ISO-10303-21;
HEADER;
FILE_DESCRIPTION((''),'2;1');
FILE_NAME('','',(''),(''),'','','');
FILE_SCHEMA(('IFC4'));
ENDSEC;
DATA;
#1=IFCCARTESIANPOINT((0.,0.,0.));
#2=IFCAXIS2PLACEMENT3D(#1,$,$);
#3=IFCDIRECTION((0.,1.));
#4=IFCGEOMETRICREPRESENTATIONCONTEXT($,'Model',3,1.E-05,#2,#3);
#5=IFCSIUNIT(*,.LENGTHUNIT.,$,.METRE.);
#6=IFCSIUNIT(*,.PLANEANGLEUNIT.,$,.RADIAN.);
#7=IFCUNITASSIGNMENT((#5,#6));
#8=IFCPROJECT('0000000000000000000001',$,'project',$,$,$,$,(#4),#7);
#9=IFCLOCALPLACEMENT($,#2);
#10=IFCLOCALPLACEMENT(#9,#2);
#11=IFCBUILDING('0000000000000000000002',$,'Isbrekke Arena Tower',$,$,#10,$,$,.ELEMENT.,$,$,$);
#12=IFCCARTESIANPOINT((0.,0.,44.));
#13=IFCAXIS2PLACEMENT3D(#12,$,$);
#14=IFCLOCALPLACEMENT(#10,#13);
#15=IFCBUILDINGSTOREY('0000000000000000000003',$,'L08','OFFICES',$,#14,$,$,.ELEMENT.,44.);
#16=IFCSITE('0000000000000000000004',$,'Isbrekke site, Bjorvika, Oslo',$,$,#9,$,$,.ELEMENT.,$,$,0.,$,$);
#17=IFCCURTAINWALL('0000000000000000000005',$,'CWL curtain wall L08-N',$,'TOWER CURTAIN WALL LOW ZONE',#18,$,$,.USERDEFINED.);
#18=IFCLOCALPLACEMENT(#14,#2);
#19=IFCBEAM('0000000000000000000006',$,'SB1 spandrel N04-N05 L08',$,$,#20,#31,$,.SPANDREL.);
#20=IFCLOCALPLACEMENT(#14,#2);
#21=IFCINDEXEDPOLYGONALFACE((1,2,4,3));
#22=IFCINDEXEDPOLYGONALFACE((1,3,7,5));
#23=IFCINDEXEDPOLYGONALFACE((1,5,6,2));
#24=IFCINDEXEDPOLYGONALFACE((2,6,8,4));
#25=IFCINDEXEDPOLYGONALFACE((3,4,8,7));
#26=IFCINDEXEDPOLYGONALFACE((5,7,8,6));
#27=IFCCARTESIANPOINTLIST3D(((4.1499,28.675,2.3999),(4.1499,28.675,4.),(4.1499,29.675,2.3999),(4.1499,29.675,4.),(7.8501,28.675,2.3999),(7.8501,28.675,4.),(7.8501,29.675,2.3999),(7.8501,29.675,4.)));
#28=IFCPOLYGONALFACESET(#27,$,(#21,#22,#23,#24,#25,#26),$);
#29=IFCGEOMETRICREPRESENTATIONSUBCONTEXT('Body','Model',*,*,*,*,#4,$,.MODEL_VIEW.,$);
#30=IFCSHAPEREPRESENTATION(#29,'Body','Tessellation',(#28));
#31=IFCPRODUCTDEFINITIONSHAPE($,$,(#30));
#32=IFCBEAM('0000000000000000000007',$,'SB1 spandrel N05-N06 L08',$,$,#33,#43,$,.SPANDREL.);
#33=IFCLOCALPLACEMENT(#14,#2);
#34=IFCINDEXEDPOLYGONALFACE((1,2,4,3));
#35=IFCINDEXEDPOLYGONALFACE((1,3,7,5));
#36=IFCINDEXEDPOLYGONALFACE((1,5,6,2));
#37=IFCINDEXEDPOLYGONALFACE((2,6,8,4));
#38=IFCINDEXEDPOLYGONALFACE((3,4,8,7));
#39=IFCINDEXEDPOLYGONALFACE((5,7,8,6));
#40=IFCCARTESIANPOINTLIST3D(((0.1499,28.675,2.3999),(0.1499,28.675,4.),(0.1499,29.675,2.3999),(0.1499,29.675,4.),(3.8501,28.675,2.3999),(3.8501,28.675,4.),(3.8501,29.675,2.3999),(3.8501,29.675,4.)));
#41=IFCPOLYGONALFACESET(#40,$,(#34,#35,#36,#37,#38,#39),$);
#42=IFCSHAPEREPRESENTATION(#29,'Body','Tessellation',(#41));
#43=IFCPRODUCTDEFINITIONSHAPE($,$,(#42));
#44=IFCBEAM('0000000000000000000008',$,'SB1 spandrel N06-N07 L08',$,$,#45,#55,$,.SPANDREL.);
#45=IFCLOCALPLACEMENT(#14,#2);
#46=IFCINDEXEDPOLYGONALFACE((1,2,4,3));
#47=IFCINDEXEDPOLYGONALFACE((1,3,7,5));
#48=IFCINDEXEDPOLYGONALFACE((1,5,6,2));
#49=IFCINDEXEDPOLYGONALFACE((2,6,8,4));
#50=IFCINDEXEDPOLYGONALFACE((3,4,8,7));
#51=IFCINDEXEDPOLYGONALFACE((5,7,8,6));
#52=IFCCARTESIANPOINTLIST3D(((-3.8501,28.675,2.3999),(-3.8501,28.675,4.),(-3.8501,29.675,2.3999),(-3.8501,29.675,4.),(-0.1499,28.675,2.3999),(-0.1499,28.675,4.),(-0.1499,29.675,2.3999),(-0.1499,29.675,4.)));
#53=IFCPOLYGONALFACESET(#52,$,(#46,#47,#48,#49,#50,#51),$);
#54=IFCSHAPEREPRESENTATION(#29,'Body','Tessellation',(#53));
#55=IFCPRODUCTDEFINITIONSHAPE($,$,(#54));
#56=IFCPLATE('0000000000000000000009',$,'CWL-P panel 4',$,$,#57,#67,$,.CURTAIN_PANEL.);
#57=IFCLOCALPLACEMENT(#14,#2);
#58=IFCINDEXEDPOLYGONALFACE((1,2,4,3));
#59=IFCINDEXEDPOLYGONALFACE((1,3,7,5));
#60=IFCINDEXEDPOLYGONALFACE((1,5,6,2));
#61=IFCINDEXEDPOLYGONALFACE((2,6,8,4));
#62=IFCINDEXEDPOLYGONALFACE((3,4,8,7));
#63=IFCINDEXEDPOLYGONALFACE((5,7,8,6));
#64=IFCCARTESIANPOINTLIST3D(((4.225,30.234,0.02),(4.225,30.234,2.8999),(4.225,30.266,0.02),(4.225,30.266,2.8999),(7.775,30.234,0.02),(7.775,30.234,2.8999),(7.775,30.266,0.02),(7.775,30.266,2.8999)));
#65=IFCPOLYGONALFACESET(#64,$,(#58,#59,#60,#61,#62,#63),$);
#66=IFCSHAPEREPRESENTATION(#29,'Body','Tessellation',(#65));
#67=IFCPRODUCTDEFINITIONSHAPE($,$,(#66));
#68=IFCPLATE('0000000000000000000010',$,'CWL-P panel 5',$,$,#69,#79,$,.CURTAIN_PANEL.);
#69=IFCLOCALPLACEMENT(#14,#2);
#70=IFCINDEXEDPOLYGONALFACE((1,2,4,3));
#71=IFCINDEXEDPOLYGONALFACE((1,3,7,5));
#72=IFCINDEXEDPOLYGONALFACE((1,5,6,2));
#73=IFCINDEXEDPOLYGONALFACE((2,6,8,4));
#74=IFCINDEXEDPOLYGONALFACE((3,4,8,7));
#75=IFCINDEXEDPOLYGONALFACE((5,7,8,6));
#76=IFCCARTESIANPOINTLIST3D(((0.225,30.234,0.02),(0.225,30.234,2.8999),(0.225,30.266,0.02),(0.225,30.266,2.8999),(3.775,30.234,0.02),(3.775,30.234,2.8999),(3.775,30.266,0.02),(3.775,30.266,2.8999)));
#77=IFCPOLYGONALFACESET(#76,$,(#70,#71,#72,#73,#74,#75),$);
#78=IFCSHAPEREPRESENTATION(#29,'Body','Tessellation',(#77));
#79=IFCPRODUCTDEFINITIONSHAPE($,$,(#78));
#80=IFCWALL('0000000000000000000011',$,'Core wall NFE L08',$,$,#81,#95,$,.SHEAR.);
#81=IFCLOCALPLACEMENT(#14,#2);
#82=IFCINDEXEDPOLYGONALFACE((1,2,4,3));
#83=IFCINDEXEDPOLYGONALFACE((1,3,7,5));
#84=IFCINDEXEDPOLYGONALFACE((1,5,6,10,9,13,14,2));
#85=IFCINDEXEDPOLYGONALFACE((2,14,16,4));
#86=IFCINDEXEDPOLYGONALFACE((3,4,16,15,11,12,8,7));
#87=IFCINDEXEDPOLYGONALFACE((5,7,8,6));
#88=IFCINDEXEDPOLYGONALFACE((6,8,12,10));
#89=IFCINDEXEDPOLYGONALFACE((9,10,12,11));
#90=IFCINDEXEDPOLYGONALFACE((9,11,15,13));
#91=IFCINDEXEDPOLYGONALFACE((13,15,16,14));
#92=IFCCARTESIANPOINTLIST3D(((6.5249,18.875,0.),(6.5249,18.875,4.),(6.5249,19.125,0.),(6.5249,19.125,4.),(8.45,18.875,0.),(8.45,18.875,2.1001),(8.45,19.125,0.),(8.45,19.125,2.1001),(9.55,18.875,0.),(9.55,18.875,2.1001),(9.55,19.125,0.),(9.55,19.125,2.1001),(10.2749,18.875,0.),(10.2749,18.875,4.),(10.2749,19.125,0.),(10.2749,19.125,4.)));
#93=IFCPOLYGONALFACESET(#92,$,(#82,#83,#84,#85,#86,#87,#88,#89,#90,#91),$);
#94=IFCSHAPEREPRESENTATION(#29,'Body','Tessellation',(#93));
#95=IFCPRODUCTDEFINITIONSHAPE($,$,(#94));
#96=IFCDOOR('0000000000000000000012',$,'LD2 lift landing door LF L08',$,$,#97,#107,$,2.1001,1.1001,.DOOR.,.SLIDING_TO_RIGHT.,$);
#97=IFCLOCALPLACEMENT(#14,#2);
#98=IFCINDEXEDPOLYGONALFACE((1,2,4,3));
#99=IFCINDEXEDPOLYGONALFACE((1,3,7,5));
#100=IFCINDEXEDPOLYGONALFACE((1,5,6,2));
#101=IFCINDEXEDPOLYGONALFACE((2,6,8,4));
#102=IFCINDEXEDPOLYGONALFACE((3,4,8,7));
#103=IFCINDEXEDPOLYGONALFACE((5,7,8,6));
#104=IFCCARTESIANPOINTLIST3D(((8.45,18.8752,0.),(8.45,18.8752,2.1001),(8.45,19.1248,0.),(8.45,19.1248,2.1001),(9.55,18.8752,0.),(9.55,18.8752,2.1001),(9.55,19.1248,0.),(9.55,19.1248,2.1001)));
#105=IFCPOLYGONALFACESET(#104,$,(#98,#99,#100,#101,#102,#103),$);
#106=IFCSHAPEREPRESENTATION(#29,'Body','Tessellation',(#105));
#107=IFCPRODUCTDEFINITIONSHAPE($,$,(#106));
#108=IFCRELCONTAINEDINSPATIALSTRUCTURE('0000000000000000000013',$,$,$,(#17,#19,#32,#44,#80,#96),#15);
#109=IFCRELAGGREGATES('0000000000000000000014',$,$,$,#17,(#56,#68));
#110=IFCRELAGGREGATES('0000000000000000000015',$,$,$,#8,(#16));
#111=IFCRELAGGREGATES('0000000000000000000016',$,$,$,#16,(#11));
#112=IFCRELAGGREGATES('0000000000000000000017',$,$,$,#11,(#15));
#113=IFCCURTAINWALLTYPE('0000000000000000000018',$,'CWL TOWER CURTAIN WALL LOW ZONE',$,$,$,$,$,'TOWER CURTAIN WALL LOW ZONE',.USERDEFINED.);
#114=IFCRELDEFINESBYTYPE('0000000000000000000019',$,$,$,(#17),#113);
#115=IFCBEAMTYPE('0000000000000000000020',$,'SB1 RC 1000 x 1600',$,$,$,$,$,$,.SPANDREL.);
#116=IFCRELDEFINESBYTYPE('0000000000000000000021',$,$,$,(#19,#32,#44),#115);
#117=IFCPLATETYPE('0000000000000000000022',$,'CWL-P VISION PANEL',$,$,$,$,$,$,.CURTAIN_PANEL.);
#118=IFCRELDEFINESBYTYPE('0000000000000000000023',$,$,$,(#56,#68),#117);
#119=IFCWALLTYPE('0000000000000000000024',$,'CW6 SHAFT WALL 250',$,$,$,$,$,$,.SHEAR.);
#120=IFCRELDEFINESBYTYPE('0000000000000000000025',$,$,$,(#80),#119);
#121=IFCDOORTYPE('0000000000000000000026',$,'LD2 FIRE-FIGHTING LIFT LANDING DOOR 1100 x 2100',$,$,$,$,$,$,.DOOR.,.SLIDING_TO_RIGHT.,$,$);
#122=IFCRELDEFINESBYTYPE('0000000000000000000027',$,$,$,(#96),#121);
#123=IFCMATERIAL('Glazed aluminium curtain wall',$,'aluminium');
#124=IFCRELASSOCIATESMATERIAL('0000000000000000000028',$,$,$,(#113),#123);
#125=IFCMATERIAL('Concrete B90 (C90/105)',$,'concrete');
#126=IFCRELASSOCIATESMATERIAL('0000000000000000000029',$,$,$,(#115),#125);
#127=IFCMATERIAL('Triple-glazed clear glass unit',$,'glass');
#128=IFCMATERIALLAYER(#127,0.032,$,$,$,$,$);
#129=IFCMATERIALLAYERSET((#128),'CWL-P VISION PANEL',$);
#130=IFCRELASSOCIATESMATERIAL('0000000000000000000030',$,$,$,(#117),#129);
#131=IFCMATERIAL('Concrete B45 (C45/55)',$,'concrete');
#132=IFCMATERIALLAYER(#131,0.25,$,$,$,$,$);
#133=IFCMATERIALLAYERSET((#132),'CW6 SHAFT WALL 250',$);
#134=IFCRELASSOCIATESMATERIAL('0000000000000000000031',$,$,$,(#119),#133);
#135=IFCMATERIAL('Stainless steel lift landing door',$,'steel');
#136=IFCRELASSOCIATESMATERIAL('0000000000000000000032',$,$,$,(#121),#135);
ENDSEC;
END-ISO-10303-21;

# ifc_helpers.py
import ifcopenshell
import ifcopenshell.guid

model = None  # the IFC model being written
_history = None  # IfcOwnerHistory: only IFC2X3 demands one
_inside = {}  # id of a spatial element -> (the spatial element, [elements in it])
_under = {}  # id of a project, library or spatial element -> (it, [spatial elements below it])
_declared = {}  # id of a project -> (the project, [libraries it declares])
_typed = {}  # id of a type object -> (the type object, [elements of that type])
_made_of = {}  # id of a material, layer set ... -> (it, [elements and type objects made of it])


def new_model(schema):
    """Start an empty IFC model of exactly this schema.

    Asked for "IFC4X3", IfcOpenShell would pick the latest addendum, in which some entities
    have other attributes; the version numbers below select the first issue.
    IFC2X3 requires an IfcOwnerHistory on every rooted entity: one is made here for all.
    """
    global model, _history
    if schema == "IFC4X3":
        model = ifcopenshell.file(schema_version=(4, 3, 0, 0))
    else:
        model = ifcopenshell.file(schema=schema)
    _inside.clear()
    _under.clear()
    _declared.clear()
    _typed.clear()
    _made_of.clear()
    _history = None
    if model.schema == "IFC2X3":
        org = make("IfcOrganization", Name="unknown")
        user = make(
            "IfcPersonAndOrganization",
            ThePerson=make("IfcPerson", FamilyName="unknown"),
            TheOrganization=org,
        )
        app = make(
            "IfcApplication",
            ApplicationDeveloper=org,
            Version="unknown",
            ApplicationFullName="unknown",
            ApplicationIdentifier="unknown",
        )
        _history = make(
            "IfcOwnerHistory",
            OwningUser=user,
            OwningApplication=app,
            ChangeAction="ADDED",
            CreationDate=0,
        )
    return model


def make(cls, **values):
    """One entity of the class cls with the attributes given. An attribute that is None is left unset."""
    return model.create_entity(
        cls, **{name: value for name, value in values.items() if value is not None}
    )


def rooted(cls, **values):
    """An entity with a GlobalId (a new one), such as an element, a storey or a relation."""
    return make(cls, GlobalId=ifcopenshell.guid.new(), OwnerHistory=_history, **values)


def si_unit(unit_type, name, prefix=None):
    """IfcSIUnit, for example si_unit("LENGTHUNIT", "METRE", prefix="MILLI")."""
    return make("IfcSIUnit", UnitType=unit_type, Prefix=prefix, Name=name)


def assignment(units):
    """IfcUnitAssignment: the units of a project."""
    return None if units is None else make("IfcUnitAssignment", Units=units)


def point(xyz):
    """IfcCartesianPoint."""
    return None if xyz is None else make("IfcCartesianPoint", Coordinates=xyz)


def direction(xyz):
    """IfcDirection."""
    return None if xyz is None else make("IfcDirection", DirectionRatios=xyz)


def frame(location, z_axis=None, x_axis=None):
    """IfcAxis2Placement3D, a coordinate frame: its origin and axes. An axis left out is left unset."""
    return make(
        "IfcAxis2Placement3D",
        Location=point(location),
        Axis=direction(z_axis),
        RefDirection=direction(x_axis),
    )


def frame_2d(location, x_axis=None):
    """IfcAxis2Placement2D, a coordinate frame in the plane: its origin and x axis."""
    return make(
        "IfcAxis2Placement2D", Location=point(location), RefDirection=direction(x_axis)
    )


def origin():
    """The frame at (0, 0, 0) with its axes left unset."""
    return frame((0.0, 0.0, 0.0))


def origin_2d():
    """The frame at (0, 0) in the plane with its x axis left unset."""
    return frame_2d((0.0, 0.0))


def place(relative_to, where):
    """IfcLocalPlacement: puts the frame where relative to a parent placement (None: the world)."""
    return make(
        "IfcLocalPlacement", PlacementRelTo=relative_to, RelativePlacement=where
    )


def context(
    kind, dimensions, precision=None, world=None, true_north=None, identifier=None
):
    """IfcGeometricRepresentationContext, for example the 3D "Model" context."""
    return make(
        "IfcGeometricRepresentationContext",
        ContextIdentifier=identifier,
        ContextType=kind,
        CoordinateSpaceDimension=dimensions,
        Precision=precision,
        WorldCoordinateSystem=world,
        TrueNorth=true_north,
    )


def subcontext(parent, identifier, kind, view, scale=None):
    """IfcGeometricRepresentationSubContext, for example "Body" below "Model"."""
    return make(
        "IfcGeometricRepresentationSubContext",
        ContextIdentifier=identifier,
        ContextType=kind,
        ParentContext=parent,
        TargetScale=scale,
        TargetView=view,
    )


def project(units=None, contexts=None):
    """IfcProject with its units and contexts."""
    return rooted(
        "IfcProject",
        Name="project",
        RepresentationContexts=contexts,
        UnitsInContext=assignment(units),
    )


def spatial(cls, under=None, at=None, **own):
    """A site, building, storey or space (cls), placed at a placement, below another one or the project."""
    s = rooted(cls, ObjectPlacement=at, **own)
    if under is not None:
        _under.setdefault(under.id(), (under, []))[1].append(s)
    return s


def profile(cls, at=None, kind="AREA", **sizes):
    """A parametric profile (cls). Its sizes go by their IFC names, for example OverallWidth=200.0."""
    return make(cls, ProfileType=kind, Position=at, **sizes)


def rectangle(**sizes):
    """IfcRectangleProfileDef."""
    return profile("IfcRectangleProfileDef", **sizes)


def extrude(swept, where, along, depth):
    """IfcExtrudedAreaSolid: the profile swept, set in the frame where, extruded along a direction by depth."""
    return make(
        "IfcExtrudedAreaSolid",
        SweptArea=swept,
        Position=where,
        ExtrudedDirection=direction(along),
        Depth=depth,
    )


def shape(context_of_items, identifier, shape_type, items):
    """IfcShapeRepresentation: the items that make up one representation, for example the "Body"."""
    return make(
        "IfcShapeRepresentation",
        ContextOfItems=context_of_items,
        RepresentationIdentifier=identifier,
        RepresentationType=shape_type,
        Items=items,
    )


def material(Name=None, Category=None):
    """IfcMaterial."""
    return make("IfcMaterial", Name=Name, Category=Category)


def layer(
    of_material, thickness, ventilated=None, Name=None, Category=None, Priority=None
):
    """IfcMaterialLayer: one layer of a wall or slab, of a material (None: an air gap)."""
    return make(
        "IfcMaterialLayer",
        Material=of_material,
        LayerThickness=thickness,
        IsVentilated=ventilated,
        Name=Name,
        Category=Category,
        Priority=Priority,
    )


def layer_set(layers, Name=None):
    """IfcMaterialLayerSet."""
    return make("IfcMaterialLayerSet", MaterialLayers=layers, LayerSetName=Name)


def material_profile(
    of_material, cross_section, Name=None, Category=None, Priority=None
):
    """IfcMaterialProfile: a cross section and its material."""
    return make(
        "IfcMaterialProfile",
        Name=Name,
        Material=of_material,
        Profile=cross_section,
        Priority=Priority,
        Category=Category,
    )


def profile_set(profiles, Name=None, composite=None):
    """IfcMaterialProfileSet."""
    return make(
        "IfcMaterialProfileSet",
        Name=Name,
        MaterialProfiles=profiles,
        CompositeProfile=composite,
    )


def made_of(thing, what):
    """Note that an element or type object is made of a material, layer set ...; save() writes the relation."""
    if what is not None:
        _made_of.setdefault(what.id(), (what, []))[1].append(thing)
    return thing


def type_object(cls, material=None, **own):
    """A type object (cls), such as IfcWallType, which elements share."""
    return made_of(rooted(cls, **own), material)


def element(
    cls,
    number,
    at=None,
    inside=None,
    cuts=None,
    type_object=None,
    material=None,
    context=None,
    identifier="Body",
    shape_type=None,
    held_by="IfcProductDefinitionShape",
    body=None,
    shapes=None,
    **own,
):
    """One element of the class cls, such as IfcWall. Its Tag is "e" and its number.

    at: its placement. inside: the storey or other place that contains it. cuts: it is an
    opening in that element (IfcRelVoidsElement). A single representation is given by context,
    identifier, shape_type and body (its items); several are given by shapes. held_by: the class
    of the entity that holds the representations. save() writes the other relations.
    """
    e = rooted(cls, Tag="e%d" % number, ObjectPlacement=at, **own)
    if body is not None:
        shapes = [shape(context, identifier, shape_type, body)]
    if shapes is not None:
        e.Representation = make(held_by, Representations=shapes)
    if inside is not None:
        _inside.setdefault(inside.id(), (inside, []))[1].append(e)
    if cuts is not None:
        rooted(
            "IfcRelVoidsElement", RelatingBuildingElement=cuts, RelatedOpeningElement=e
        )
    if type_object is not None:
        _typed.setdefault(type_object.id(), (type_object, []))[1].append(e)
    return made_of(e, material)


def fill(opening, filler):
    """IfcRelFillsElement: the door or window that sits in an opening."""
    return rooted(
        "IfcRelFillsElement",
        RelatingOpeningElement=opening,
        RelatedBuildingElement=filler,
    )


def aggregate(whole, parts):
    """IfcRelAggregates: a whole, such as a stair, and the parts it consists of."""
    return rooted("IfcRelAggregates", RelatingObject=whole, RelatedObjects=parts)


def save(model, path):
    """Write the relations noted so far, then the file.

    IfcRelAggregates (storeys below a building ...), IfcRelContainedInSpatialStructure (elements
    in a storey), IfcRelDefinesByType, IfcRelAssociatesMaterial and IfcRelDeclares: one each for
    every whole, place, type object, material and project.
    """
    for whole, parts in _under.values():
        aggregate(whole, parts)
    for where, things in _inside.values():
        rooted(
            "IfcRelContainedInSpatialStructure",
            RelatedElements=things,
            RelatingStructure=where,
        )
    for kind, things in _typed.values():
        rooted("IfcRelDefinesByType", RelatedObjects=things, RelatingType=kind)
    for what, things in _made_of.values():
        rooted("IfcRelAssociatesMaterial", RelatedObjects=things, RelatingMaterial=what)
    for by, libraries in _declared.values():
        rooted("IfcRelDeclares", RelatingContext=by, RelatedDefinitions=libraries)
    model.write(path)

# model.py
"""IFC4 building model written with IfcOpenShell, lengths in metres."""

from ifc_helpers import new_model, si_unit, direction, frame, frame_2d, origin, origin_2d, place, context, subcontext, project, spatial, rectangle, extrude, material, layer, layer_set, material_profile, profile_set, type_object, element, fill, aggregate, save


model = new_model("IFC4")

# Units and contexts
model_context = context("Model", 3, precision=1e-05, world=origin(), true_north=direction((0.0, 1.0)))
body_context = subcontext(model_context, "Body", "Model", "MODEL_VIEW")
ifc_project = project(units=[si_unit("LENGTHUNIT", "METRE"), si_unit("PLANEANGLEUNIT", "RADIAN")], contexts=[model_context])

# Site, building, storey
site_placement = place(None, origin())
site = spatial("IfcSite", under=ifc_project, at=site_placement, Name="Isbrekke site, Bjorvika, Oslo", CompositionType="ELEMENT", RefElevation=0.0)
building_placement = place(site_placement, origin())
building = spatial("IfcBuilding", under=site, at=building_placement, Name="Isbrekke Arena Tower", CompositionType="ELEMENT")
storey_placement = place(building_placement, frame((0.0, 0.0, 44.0)))
storey = spatial("IfcBuildingStorey", under=building, at=storey_placement, Name="L08", Description="OFFICES", CompositionType="ELEMENT", Elevation=44.0)

# Curtain wall
ifc_material_1 = material(Name="Glazed aluminium curtain wall", Category="aluminium")
curtain_wall_type = type_object("IfcCurtainWallType", Name="CWL TOWER CURTAIN WALL LOW ZONE", ElementType="TOWER CURTAIN WALL LOW ZONE", PredefinedType="USERDEFINED", material=ifc_material_1)
curtain_wall_placement = place(storey_placement, origin())
curtain_wall = element("IfcCurtainWall", 1, at=curtain_wall_placement, inside=storey, type_object=curtain_wall_type, Name="CWL curtain wall L08-N", ObjectType="TOWER CURTAIN WALL LOW ZONE", PredefinedType="USERDEFINED")

# Beams
ifc_material_2 = material(Name="Concrete B90 (C90/105)", Category="concrete")
ifc_material_profile_1 = material_profile(ifc_material_2, rectangle(XDim=1.0, YDim=1.6001, at=origin_2d()), Name="RC 1000x1600")
ifc_profile_set_1 = profile_set([ifc_material_profile_1], Name="Concrete B90 (C90/105)")
beam_type_1 = type_object("IfcBeamType", Name="SB1 RC 1000 x 1600", PredefinedType="SPANDREL", material=ifc_profile_set_1)
for number, where, z_axis, x_axis, name in (
    (2, (7.8501, 29.175, 3.2), (-1.0, 0.0, 0.0), (0.0, -1.0, 0.0), "SB1 spandrel N04-N05 L08"),
    (3, (3.8501, 29.175, 3.2), (-1.0, 0.0, 0.0), (0.0, -1.0, 0.0), "SB1 spandrel N05-N06 L08"),
    (4, (-0.1499, 29.175, 3.2), (-1.0, 0.0, 0.0), (0.0, -1.0, 0.0), "SB1 spandrel N06-N07 L08"),
):
    element("IfcBeam", number, at=place(storey_placement, frame(where, z_axis=z_axis, x_axis=x_axis)), inside=storey, type_object=beam_type_1, Name=name, PredefinedType="SPANDREL", context=body_context, shape_type="SweptSolid", body=[
        extrude(rectangle(XDim=1.0, YDim=1.6001, at=origin_2d()), origin(), (0.0, 0.0, 1.0), 3.7002),
    ])

# Plates
ifc_material_3 = material(Name="Triple-glazed clear glass unit", Category="glass")
ifc_layer_1 = layer(ifc_material_3, 0.032)
ifc_layer_set_1 = layer_set([ifc_layer_1], Name="CWL-P VISION PANEL")
plate_type = type_object("IfcPlateType", Name="CWL-P VISION PANEL", PredefinedType="CURTAIN_PANEL", material=ifc_layer_set_1)
plate_1_placement = place(storey_placement, frame((6.0, 30.25, 0.02), z_axis=(0.0, 0.0, 1.0), x_axis=(-1.0, 0.0, 0.0)))
plate_1 = element("IfcPlate", 5, at=plate_1_placement, type_object=plate_type, Name="CWL-P panel 4", PredefinedType="CURTAIN_PANEL", context=body_context, shape_type="SweptSolid", body=[
    extrude(rectangle(XDim=3.55, YDim=0.032, at=origin_2d()), origin(), (0.0, 0.0, 1.0), 2.8799),
])
plate_2_placement = place(storey_placement, frame((2.0, 30.25, 0.02), z_axis=(0.0, 0.0, 1.0), x_axis=(-1.0, 0.0, 0.0)))
plate_2 = element("IfcPlate", 6, at=plate_2_placement, type_object=plate_type, Name="CWL-P panel 5", PredefinedType="CURTAIN_PANEL", context=body_context, shape_type="SweptSolid", body=[
    extrude(rectangle(XDim=3.55, YDim=0.032, at=origin_2d()), origin(), (0.0, 0.0, 1.0), 2.8799),
])
aggregate(curtain_wall, [plate_1, plate_2])

# Wall, opening, door
ifc_material_4 = material(Name="Concrete B45 (C45/55)", Category="concrete")
ifc_layer_2 = layer(ifc_material_4, 0.25)
ifc_layer_set_2 = layer_set([ifc_layer_2], Name="CW6 SHAFT WALL 250")
wall_type = type_object("IfcWallType", Name="CW6 SHAFT WALL 250", PredefinedType="SHEAR", material=ifc_layer_set_2)
wall_placement = place(storey_placement, frame((6.5249, 19.0, 0.0), z_axis=(0.0, 0.0, 1.0), x_axis=(1.0, 0.0, 0.0)))
wall = element("IfcWall", 7, at=wall_placement, inside=storey, type_object=wall_type, Name="Core wall NFE L08", PredefinedType="SHEAR", context=body_context, shape_type="SweptSolid", body=[
    extrude(rectangle(XDim=3.75, YDim=0.25, at=frame_2d((1.875, 0.0))), origin(), (0.0, 0.0, 1.0), 4.0),
])
opening_placement = place(wall_placement, frame((1.925, 0.0, 0.0)))
opening = element("IfcOpeningElement", 8, at=opening_placement, cuts=wall, PredefinedType="OPENING", context=body_context, shape_type="SweptSolid", body=[
    extrude(rectangle(XDim=1.1001, YDim=2.1001, at=frame_2d((0.55, 1.05))), frame((0.0, 0.1399, 0.0), z_axis=(0.0, -1.0, 0.0), x_axis=(1.0, 0.0, 0.0)), (0.0, 0.0, 1.0), 0.2798),
])
ifc_material_5 = material(Name="Stainless steel lift landing door", Category="steel")
door_type = type_object("IfcDoorType", Name="LD2 FIRE-FIGHTING LIFT LANDING DOOR 1100 x 2100", OperationType="SLIDING_TO_RIGHT", PredefinedType="DOOR", material=ifc_material_5)
door_placement = place(opening_placement, origin())
door = element("IfcDoor", 9, at=door_placement, inside=storey, type_object=door_type, Name="LD2 lift landing door LF L08", OperationType="SLIDING_TO_RIGHT", OverallHeight=2.1001, OverallWidth=1.1001, PredefinedType="DOOR", context=body_context, shape_type="SweptSolid", body=[
    extrude(rectangle(XDim=1.1001, YDim=2.1001, at=frame_2d((0.55, 1.05))), frame((0.0, 0.1248, 0.0), z_axis=(0.0, -1.0, 0.0), x_axis=(1.0, 0.0, 0.0)), (0.0, 0.0, 1.0), 0.2495),
])
fill(opening, door)

save(model, "model.ifc")
